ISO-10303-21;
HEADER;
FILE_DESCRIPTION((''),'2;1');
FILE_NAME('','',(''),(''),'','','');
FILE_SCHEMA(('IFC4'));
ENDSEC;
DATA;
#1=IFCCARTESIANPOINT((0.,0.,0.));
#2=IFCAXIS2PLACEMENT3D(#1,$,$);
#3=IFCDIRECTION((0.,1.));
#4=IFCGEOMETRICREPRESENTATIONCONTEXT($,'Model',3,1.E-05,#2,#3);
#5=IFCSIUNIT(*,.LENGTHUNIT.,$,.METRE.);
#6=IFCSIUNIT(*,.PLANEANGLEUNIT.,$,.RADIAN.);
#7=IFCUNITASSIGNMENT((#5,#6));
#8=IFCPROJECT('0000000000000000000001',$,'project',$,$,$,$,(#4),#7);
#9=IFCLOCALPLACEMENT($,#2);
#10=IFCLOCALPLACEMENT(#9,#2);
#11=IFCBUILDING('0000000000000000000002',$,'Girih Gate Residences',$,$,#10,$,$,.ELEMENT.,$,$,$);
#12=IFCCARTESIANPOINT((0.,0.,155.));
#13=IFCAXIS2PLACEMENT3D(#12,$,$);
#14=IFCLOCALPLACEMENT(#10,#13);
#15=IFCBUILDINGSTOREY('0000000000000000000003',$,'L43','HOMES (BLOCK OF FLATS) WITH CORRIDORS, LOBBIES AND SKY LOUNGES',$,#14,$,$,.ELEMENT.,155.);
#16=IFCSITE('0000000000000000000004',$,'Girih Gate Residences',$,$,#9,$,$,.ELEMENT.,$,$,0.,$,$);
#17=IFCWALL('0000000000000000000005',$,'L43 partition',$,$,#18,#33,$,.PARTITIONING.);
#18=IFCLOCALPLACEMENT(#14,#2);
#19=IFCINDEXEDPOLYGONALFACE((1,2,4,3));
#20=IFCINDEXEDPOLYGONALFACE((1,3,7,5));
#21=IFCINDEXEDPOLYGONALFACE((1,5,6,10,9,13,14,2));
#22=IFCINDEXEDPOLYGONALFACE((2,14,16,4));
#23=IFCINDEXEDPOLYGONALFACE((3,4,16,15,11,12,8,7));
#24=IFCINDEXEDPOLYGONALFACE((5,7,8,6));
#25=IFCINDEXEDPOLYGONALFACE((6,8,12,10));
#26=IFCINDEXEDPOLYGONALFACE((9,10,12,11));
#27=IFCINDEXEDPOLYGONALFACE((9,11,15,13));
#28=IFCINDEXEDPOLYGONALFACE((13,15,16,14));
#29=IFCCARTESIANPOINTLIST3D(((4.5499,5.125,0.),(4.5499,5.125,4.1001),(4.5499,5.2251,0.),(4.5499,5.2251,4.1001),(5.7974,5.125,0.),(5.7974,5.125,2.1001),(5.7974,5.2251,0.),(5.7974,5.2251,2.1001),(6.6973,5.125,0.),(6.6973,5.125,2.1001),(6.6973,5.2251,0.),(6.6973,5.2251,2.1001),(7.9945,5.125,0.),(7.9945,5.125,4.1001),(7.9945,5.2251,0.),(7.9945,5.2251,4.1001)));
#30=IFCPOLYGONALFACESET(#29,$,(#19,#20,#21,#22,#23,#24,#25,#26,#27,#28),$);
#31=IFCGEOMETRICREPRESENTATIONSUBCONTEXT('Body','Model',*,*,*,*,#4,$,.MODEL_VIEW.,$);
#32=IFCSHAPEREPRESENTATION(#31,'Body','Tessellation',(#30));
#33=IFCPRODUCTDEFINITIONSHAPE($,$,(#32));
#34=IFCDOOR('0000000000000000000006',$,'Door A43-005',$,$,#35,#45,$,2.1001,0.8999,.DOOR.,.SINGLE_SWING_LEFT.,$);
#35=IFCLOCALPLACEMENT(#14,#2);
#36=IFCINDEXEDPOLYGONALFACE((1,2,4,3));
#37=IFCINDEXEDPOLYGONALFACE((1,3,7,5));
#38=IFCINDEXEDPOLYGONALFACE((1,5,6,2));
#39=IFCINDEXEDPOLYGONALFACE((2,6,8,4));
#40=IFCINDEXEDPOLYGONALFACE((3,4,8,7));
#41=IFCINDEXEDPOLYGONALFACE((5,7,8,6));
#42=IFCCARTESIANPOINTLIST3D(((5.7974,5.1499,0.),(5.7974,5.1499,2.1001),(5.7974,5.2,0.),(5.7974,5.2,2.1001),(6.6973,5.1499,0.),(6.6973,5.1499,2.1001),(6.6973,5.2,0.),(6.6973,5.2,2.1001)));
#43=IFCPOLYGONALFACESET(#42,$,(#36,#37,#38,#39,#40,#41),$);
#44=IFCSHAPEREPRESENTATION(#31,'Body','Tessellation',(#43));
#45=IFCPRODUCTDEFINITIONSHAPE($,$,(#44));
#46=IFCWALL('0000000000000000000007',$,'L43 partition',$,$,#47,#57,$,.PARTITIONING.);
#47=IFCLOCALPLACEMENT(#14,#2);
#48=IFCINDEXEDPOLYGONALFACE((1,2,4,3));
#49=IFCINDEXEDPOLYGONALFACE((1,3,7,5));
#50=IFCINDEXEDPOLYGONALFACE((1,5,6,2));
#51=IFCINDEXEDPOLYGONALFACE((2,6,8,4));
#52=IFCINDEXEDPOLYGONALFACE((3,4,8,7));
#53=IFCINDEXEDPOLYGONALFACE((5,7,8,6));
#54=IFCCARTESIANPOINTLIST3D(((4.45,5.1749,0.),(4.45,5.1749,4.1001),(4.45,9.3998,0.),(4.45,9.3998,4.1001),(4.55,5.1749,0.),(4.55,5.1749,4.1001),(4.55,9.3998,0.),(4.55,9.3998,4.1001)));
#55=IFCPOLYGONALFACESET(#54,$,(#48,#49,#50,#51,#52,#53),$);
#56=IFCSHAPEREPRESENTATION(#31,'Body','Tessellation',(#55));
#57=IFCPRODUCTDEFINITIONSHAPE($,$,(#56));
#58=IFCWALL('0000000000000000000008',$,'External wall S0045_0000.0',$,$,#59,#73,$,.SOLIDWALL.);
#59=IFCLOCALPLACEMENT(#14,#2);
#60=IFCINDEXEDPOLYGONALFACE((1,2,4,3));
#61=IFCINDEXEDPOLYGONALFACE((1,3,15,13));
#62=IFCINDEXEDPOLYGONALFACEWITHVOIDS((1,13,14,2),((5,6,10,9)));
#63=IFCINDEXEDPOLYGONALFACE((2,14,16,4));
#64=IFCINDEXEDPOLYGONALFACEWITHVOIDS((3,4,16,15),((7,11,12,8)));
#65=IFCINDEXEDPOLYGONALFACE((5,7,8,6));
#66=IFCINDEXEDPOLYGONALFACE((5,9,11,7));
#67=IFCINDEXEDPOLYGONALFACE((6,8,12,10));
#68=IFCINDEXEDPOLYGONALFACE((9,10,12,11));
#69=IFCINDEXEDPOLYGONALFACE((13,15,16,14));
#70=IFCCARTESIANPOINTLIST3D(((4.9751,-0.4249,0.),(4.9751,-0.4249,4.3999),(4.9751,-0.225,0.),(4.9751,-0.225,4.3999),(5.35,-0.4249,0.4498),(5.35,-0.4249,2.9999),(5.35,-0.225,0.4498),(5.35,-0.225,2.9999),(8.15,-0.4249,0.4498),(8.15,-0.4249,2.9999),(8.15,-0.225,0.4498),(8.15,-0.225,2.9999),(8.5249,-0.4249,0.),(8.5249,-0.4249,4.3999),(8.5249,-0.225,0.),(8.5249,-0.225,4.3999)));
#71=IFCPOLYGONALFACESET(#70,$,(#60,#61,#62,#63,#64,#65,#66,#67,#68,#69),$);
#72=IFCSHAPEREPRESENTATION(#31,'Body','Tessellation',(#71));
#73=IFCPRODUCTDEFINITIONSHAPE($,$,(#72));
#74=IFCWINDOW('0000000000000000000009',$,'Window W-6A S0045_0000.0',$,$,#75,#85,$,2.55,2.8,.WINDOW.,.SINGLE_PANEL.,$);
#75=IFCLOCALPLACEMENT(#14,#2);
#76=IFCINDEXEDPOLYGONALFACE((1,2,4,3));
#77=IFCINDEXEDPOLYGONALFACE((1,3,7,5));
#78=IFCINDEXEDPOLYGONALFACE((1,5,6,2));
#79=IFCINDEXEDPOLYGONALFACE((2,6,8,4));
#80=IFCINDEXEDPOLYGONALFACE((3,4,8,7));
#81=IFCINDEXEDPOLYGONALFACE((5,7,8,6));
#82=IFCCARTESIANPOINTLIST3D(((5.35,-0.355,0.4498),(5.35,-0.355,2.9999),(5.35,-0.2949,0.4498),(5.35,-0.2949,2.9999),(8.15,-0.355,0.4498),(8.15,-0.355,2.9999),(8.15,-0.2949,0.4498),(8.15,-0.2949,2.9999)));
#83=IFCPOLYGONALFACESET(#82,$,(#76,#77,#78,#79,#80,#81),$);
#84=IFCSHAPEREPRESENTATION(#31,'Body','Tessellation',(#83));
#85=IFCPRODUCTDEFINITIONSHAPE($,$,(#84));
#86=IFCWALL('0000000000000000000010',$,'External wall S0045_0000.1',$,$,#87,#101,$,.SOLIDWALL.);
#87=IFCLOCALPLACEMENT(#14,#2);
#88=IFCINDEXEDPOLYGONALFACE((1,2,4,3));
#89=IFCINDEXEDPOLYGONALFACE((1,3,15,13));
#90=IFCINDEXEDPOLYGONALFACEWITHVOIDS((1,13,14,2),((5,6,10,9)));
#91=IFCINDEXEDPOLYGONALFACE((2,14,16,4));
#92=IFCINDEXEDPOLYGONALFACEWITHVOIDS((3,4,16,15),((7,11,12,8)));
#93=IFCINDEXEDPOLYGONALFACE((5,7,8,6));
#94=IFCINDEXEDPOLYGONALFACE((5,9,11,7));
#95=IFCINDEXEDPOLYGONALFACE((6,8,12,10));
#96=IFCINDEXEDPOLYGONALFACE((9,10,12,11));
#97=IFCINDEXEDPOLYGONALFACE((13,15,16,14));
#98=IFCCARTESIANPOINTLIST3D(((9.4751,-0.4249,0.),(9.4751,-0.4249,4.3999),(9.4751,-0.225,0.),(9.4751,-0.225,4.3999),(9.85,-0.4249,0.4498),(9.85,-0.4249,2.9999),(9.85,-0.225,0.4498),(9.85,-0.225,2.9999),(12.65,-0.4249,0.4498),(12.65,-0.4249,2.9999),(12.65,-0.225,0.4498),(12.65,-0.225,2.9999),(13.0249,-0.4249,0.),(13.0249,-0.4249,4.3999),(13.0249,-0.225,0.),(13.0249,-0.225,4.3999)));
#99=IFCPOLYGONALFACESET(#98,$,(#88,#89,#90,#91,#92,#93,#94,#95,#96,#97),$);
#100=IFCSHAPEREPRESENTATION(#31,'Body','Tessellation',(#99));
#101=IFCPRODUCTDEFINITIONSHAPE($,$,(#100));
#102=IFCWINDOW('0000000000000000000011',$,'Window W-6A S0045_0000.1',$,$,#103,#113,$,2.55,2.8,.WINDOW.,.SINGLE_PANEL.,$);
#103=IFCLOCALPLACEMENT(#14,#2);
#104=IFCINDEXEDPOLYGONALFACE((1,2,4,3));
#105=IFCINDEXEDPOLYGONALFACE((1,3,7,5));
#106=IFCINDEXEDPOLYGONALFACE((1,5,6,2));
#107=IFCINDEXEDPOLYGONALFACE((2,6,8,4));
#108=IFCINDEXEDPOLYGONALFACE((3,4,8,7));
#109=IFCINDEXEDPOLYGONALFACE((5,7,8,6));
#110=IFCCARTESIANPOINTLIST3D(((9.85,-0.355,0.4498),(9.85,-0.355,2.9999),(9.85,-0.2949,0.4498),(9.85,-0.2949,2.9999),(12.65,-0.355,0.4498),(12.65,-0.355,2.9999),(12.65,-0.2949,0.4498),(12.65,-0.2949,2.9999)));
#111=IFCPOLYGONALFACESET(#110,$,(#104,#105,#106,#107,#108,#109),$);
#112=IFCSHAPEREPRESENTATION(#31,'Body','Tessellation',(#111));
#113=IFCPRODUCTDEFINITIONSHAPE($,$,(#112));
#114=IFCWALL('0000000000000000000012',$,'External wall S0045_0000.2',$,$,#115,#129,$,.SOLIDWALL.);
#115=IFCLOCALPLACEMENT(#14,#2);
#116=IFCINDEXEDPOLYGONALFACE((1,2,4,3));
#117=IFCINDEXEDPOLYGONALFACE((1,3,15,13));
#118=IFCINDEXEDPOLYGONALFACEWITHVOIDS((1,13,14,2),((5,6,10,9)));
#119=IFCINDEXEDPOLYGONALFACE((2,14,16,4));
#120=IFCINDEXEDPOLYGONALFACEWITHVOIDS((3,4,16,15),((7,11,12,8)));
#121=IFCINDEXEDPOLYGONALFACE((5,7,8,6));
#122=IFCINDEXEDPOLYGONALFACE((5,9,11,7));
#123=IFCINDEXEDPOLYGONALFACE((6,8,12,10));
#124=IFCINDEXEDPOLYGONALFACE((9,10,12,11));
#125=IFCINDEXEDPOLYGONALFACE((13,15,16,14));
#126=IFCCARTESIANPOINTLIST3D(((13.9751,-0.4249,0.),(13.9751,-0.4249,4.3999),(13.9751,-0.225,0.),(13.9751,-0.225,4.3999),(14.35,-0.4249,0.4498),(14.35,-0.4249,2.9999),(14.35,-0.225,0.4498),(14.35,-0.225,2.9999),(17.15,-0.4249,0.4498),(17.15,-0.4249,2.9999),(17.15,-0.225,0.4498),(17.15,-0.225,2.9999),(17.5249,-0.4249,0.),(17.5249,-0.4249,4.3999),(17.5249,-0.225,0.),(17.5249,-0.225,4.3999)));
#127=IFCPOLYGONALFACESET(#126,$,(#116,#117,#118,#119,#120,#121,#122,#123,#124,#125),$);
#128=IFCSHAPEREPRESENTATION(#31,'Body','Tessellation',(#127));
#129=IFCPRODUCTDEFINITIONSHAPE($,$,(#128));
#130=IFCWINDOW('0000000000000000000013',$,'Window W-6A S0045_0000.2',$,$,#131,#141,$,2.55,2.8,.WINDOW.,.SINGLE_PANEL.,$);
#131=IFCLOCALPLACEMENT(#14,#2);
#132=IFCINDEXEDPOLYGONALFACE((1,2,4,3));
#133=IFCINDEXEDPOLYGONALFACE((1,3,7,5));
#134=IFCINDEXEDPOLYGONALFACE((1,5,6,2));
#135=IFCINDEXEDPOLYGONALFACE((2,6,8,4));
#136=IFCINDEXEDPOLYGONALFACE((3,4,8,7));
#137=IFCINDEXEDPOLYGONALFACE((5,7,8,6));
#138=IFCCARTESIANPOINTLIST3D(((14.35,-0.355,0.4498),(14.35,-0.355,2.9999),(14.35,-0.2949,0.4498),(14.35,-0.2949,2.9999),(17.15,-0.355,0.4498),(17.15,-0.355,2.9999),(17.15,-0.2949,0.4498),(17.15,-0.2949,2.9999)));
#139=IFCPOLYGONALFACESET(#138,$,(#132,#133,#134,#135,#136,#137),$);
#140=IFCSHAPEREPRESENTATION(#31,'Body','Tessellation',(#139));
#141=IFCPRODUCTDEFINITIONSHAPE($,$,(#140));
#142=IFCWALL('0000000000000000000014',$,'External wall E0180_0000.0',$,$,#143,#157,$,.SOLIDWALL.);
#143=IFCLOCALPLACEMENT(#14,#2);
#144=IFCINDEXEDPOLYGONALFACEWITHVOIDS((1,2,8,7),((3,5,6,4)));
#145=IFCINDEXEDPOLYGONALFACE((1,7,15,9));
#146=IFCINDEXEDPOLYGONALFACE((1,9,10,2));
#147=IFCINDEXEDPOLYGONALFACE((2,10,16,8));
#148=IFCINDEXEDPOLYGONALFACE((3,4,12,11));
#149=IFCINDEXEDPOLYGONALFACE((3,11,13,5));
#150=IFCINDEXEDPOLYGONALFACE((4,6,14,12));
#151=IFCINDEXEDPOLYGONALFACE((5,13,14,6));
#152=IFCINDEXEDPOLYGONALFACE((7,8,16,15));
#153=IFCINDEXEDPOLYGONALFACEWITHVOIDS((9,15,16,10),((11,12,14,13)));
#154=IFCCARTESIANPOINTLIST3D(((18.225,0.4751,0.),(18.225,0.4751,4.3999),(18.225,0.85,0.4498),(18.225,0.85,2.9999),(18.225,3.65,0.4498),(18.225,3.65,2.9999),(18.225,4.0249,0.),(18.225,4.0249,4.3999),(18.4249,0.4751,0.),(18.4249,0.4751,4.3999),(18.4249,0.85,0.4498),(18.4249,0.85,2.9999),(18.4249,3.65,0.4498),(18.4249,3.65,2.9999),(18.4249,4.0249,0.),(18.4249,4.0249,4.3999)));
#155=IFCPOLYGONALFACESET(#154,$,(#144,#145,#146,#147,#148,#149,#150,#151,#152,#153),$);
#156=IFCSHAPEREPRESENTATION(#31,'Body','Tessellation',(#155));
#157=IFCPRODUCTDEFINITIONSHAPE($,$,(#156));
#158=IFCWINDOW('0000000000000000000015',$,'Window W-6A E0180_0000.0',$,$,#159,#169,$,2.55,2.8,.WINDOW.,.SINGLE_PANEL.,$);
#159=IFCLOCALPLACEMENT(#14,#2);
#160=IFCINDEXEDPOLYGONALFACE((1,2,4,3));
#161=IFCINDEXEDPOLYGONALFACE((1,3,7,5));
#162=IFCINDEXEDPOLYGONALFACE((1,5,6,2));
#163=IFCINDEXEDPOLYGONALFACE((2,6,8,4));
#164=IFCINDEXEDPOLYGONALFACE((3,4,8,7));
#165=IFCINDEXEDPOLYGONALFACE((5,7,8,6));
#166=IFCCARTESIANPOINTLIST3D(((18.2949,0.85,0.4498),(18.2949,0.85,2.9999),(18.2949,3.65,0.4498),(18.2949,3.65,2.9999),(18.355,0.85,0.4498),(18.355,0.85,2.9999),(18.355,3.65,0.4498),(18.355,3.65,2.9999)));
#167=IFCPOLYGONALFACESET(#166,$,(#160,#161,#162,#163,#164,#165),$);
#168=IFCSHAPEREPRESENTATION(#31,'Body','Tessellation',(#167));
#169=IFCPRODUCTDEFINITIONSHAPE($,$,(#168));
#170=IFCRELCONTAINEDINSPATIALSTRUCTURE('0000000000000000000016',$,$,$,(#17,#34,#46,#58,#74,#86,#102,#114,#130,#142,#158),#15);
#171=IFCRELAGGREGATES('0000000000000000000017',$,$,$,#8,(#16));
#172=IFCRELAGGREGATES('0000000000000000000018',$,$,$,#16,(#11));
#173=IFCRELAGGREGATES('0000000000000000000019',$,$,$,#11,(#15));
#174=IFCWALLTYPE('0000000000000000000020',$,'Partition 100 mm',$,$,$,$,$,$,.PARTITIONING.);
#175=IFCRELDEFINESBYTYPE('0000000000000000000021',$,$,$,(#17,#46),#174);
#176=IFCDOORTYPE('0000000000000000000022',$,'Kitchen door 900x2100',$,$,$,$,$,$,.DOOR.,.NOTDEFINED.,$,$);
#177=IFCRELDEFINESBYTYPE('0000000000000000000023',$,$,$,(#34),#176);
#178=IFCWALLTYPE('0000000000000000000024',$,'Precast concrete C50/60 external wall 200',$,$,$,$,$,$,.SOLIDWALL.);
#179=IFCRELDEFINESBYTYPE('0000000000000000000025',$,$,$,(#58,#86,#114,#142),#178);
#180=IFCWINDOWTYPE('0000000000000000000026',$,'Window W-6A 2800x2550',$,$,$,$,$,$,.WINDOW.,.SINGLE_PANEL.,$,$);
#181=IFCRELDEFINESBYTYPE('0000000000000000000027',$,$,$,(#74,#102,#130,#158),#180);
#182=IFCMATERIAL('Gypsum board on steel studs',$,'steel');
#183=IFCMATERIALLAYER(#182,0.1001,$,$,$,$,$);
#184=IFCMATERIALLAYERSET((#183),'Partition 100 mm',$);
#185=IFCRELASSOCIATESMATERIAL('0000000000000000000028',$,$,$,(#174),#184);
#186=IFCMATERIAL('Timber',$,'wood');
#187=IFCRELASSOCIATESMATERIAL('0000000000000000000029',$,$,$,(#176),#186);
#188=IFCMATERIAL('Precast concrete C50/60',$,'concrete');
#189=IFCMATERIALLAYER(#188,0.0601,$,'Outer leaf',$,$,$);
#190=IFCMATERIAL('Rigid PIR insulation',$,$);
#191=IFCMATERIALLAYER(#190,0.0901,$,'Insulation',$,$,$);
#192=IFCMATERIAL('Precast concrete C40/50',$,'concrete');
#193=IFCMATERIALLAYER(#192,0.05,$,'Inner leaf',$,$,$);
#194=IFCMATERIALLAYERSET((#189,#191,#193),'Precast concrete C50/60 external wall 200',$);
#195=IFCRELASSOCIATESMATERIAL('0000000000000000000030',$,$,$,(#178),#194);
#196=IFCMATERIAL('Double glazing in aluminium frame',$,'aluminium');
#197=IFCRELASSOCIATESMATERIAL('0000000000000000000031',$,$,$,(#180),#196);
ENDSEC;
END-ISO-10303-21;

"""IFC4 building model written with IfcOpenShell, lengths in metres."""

from ifc_helpers import new_model, si_unit, direction, frame, frame_2d, origin, place, context, subcontext, project, spatial, rectangle, extrude, material, layer, layer_set, type_object, element, fill, save


model = new_model("IFC4")

# Units and contexts
model_context = context("Model", 3, precision=1e-05, world=origin(), true_north=direction((0.0, 1.0)))
body_context = subcontext(model_context, "Body", "Model", "MODEL_VIEW")
ifc_project = project(units=[si_unit("LENGTHUNIT", "METRE"), si_unit("PLANEANGLEUNIT", "RADIAN")], contexts=[model_context])

# Site, building, storey
site_placement = place(None, origin())
site = spatial("IfcSite", under=ifc_project, at=site_placement, Name="Girih Gate Residences", CompositionType="ELEMENT", RefElevation=0.0)
building_placement = place(site_placement, origin())
building = spatial("IfcBuilding", under=site, at=building_placement, Name="Girih Gate Residences", CompositionType="ELEMENT")
storey_placement = place(building_placement, frame((0.0, 0.0, 155.0)))
storey = spatial("IfcBuildingStorey", under=building, at=storey_placement, Name="L43", Description="HOMES (BLOCK OF FLATS) WITH CORRIDORS, LOBBIES AND SKY LOUNGES", CompositionType="ELEMENT", Elevation=155.0)

# Shared definitions
ifc_material_1 = material(Name="Gypsum board on steel studs", Category="steel")
ifc_layer_1 = layer(ifc_material_1, 0.1001)
ifc_layer_set_1 = layer_set([ifc_layer_1], Name="Partition 100 mm")
wall_type_1 = type_object("IfcWallType", Name="Partition 100 mm", PredefinedType="PARTITIONING", material=ifc_layer_set_1)

# Shared definitions
ifc_material_2 = material(Name="Timber", Category="wood")

# Wall, opening, door
wall_1_placement = place(storey_placement, frame((4.55, 5.175, 0.0), z_axis=(0.0, 0.0, 1.0), x_axis=(1.0, 0.0, 0.0)))
wall_1 = element("IfcWall", 1, at=wall_1_placement, inside=storey, type_object=wall_type_1, Name="L43 partition", PredefinedType="PARTITIONING", context=body_context, shape_type="SweptSolid", body=[
    extrude(rectangle(XDim=3.4446, YDim=0.1001, at=frame_2d((1.7222, 0.0))), origin(), (0.0, 0.0, 1.0), 4.1001),
])
opening_1_placement = place(wall_1_placement, frame((1.2473, 0.0, 0.0)))
opening_1 = element("IfcOpeningElement", 2, at=opening_1_placement, cuts=wall_1, PredefinedType="OPENING", context=body_context, shape_type="SweptSolid", body=[
    extrude(rectangle(XDim=0.8999, YDim=2.1001, at=frame_2d((0.45, 1.05))), frame((0.0, 0.0601, 0.0), z_axis=(0.0, -1.0, 0.0), x_axis=(1.0, 0.0, 0.0)), (0.0, 0.0, 1.0), 0.1201),
])
door_type_1 = type_object("IfcDoorType", Name="Kitchen door 900x2100", OperationType="NOTDEFINED", PredefinedType="DOOR", material=ifc_material_2)
door_1_placement = place(opening_1_placement, origin())
door_1 = element("IfcDoor", 3, at=door_1_placement, inside=storey, type_object=door_type_1, Name="Door A43-005", OperationType="SINGLE_SWING_LEFT", OverallHeight=2.1001, OverallWidth=0.8999, PredefinedType="DOOR", context=body_context, shape_type="SweptSolid", body=[
    extrude(rectangle(XDim=0.8999, YDim=2.1001, at=frame_2d((0.45, 1.05))), frame((0.0, 0.0249, 0.0), z_axis=(0.0, -1.0, 0.0), x_axis=(1.0, 0.0, 0.0)), (0.0, 0.0, 1.0), 0.05),
])
fill(opening_1, door_1)

# Wall
wall_2_placement = place(storey_placement, frame((4.5, 5.175, 0.0), z_axis=(0.0, 0.0, 1.0), x_axis=(0.0, 1.0, 0.0)))
element("IfcWall", 4, at=wall_2_placement, inside=storey, type_object=wall_type_1, Name="L43 partition", PredefinedType="PARTITIONING", context=body_context, shape_type="SweptSolid", body=[
    extrude(rectangle(XDim=4.2249, YDim=0.1001, at=frame_2d((2.1123, 0.0))), origin(), (0.0, 0.0, 1.0), 4.1001),
])

# Walls, openings, windows
ifc_material_3 = material(Name="Precast concrete C50/60", Category="concrete")
ifc_layer_2 = layer(ifc_material_3, 0.0601, Name="Outer leaf")
ifc_material_4 = material(Name="Rigid PIR insulation")
ifc_layer_3 = layer(ifc_material_4, 0.0901, Name="Insulation")
ifc_material_5 = material(Name="Precast concrete C40/50", Category="concrete")
ifc_layer_4 = layer(ifc_material_5, 0.05, Name="Inner leaf")
ifc_layer_set_2 = layer_set([ifc_layer_2, ifc_layer_3, ifc_layer_4], Name="Precast concrete C50/60 external wall 200")
wall_type_2 = type_object("IfcWallType", Name="Precast concrete C50/60 external wall 200", PredefinedType="SOLIDWALL", material=ifc_layer_set_2)
wall_3_placement = place(storey_placement, frame((8.5249, -0.325, 0.0), z_axis=(0.0, 0.0, 1.0), x_axis=(-1.0, 0.0, 0.0)))
wall_3 = element("IfcWall", 5, at=wall_3_placement, inside=storey, type_object=wall_type_2, Name="External wall S0045_0000.0", PredefinedType="SOLIDWALL", context=body_context, shape_type="SweptSolid", body=[
    extrude(rectangle(XDim=3.5498, YDim=0.2, at=frame_2d((1.7749, 0.0))), origin(), (0.0, 0.0, 1.0), 4.3999),
])
opening_2_placement = place(wall_3_placement, frame((0.375, 0.0, 0.45)))
opening_2 = element("IfcOpeningElement", 6, at=opening_2_placement, cuts=wall_3, PredefinedType="OPENING", context=body_context, shape_type="SweptSolid", body=[
    extrude(rectangle(XDim=2.8, YDim=2.55, at=frame_2d((1.3999, 1.2749))), frame((0.0, 0.1099, 0.0), z_axis=(0.0, -1.0, 0.0), x_axis=(1.0, 0.0, 0.0)), (0.0, 0.0, 1.0), 0.22),
])
ifc_material_6 = material(Name="Double glazing in aluminium frame", Category="aluminium")
window_type = type_object("IfcWindowType", Name="Window W-6A 2800x2550", PartitioningType="SINGLE_PANEL", PredefinedType="WINDOW", material=ifc_material_6)
window_1_placement = place(opening_2_placement, origin())
window_1 = element("IfcWindow", 7, at=window_1_placement, inside=storey, type_object=window_type, Name="Window W-6A S0045_0000.0", OverallHeight=2.55, OverallWidth=2.8, PartitioningType="SINGLE_PANEL", PredefinedType="WINDOW", context=body_context, shape_type="SweptSolid", body=[
    extrude(rectangle(XDim=2.8, YDim=2.55, at=frame_2d((1.3999, 1.2749))), frame((0.0, 0.03, 0.0), z_axis=(0.0, -1.0, 0.0), x_axis=(1.0, 0.0, 0.0)), (0.0, 0.0, 1.0), 0.0601),
])
fill(opening_2, window_1)
wall_4_placement = place(storey_placement, frame((13.0249, -0.325, 0.0), z_axis=(0.0, 0.0, 1.0), x_axis=(-1.0, 0.0, 0.0)))
wall_4 = element("IfcWall", 8, at=wall_4_placement, inside=storey, type_object=wall_type_2, Name="External wall S0045_0000.1", PredefinedType="SOLIDWALL", context=body_context, shape_type="SweptSolid", body=[
    extrude(rectangle(XDim=3.5498, YDim=0.2, at=frame_2d((1.7749, 0.0))), origin(), (0.0, 0.0, 1.0), 4.3999),
])
opening_3_placement = place(wall_4_placement, frame((0.375, 0.0, 0.45)))
opening_3 = element("IfcOpeningElement", 9, at=opening_3_placement, cuts=wall_4, PredefinedType="OPENING", context=body_context, shape_type="SweptSolid", body=[
    extrude(rectangle(XDim=2.8, YDim=2.55, at=frame_2d((1.3999, 1.2749))), frame((0.0, 0.1099, 0.0), z_axis=(0.0, -1.0, 0.0), x_axis=(1.0, 0.0, 0.0)), (0.0, 0.0, 1.0), 0.22),
])
window_2_placement = place(opening_3_placement, origin())
window_2 = element("IfcWindow", 10, at=window_2_placement, inside=storey, type_object=window_type, Name="Window W-6A S0045_0000.1", OverallHeight=2.55, OverallWidth=2.8, PartitioningType="SINGLE_PANEL", PredefinedType="WINDOW", context=body_context, shape_type="SweptSolid", body=[
    extrude(rectangle(XDim=2.8, YDim=2.55, at=frame_2d((1.3999, 1.2749))), frame((0.0, 0.03, 0.0), z_axis=(0.0, -1.0, 0.0), x_axis=(1.0, 0.0, 0.0)), (0.0, 0.0, 1.0), 0.0601),
])
fill(opening_3, window_2)
wall_5_placement = place(storey_placement, frame((17.5249, -0.325, 0.0), z_axis=(0.0, 0.0, 1.0), x_axis=(-1.0, 0.0, 0.0)))
wall_5 = element("IfcWall", 11, at=wall_5_placement, inside=storey, type_object=wall_type_2, Name="External wall S0045_0000.2", PredefinedType="SOLIDWALL", context=body_context, shape_type="SweptSolid", body=[
    extrude(rectangle(XDim=3.5498, YDim=0.2, at=frame_2d((1.7749, 0.0))), origin(), (0.0, 0.0, 1.0), 4.3999),
])
opening_4_placement = place(wall_5_placement, frame((0.375, 0.0, 0.45)))
opening_4 = element("IfcOpeningElement", 12, at=opening_4_placement, cuts=wall_5, PredefinedType="OPENING", context=body_context, shape_type="SweptSolid", body=[
    extrude(rectangle(XDim=2.8, YDim=2.55, at=frame_2d((1.3999, 1.2749))), frame((0.0, 0.1099, 0.0), z_axis=(0.0, -1.0, 0.0), x_axis=(1.0, 0.0, 0.0)), (0.0, 0.0, 1.0), 0.22),
])
window_3_placement = place(opening_4_placement, origin())
window_3 = element("IfcWindow", 13, at=window_3_placement, inside=storey, type_object=window_type, Name="Window W-6A S0045_0000.2", OverallHeight=2.55, OverallWidth=2.8, PartitioningType="SINGLE_PANEL", PredefinedType="WINDOW", context=body_context, shape_type="SweptSolid", body=[
    extrude(rectangle(XDim=2.8, YDim=2.55, at=frame_2d((1.3999, 1.2749))), frame((0.0, 0.03, 0.0), z_axis=(0.0, -1.0, 0.0), x_axis=(1.0, 0.0, 0.0)), (0.0, 0.0, 1.0), 0.0601),
])
fill(opening_4, window_3)
wall_6_placement = place(storey_placement, frame((18.325, 4.0249, 0.0), z_axis=(0.0, 0.0, 1.0), x_axis=(0.0, -1.0, 0.0)))
wall_6 = element("IfcWall", 14, at=wall_6_placement, inside=storey, type_object=wall_type_2, Name="External wall E0180_0000.0", PredefinedType="SOLIDWALL", context=body_context, shape_type="SweptSolid", body=[
    extrude(rectangle(XDim=3.5498, YDim=0.2, at=frame_2d((1.7749, 0.0))), origin(), (0.0, 0.0, 1.0), 4.3999),
])
opening_5_placement = place(wall_6_placement, frame((0.375, 0.0, 0.45)))
opening_5 = element("IfcOpeningElement", 15, at=opening_5_placement, cuts=wall_6, PredefinedType="OPENING", context=body_context, shape_type="SweptSolid", body=[
    extrude(rectangle(XDim=2.8, YDim=2.55, at=frame_2d((1.3999, 1.2749))), frame((0.0, 0.1099, 0.0), z_axis=(0.0, -1.0, 0.0), x_axis=(1.0, 0.0, 0.0)), (0.0, 0.0, 1.0), 0.22),
])
window_4_placement = place(opening_5_placement, origin())
window_4 = element("IfcWindow", 16, at=window_4_placement, inside=storey, type_object=window_type, Name="Window W-6A E0180_0000.0", OverallHeight=2.55, OverallWidth=2.8, PartitioningType="SINGLE_PANEL", PredefinedType="WINDOW", context=body_context, shape_type="SweptSolid", body=[
    extrude(rectangle(XDim=2.8, YDim=2.55, at=frame_2d((1.3999, 1.2749))), frame((0.0, 0.03, 0.0), z_axis=(0.0, -1.0, 0.0), x_axis=(1.0, 0.0, 0.0)), (0.0, 0.0, 1.0), 0.0601),
])
fill(opening_5, window_4)

save(model, "model.ifc")
